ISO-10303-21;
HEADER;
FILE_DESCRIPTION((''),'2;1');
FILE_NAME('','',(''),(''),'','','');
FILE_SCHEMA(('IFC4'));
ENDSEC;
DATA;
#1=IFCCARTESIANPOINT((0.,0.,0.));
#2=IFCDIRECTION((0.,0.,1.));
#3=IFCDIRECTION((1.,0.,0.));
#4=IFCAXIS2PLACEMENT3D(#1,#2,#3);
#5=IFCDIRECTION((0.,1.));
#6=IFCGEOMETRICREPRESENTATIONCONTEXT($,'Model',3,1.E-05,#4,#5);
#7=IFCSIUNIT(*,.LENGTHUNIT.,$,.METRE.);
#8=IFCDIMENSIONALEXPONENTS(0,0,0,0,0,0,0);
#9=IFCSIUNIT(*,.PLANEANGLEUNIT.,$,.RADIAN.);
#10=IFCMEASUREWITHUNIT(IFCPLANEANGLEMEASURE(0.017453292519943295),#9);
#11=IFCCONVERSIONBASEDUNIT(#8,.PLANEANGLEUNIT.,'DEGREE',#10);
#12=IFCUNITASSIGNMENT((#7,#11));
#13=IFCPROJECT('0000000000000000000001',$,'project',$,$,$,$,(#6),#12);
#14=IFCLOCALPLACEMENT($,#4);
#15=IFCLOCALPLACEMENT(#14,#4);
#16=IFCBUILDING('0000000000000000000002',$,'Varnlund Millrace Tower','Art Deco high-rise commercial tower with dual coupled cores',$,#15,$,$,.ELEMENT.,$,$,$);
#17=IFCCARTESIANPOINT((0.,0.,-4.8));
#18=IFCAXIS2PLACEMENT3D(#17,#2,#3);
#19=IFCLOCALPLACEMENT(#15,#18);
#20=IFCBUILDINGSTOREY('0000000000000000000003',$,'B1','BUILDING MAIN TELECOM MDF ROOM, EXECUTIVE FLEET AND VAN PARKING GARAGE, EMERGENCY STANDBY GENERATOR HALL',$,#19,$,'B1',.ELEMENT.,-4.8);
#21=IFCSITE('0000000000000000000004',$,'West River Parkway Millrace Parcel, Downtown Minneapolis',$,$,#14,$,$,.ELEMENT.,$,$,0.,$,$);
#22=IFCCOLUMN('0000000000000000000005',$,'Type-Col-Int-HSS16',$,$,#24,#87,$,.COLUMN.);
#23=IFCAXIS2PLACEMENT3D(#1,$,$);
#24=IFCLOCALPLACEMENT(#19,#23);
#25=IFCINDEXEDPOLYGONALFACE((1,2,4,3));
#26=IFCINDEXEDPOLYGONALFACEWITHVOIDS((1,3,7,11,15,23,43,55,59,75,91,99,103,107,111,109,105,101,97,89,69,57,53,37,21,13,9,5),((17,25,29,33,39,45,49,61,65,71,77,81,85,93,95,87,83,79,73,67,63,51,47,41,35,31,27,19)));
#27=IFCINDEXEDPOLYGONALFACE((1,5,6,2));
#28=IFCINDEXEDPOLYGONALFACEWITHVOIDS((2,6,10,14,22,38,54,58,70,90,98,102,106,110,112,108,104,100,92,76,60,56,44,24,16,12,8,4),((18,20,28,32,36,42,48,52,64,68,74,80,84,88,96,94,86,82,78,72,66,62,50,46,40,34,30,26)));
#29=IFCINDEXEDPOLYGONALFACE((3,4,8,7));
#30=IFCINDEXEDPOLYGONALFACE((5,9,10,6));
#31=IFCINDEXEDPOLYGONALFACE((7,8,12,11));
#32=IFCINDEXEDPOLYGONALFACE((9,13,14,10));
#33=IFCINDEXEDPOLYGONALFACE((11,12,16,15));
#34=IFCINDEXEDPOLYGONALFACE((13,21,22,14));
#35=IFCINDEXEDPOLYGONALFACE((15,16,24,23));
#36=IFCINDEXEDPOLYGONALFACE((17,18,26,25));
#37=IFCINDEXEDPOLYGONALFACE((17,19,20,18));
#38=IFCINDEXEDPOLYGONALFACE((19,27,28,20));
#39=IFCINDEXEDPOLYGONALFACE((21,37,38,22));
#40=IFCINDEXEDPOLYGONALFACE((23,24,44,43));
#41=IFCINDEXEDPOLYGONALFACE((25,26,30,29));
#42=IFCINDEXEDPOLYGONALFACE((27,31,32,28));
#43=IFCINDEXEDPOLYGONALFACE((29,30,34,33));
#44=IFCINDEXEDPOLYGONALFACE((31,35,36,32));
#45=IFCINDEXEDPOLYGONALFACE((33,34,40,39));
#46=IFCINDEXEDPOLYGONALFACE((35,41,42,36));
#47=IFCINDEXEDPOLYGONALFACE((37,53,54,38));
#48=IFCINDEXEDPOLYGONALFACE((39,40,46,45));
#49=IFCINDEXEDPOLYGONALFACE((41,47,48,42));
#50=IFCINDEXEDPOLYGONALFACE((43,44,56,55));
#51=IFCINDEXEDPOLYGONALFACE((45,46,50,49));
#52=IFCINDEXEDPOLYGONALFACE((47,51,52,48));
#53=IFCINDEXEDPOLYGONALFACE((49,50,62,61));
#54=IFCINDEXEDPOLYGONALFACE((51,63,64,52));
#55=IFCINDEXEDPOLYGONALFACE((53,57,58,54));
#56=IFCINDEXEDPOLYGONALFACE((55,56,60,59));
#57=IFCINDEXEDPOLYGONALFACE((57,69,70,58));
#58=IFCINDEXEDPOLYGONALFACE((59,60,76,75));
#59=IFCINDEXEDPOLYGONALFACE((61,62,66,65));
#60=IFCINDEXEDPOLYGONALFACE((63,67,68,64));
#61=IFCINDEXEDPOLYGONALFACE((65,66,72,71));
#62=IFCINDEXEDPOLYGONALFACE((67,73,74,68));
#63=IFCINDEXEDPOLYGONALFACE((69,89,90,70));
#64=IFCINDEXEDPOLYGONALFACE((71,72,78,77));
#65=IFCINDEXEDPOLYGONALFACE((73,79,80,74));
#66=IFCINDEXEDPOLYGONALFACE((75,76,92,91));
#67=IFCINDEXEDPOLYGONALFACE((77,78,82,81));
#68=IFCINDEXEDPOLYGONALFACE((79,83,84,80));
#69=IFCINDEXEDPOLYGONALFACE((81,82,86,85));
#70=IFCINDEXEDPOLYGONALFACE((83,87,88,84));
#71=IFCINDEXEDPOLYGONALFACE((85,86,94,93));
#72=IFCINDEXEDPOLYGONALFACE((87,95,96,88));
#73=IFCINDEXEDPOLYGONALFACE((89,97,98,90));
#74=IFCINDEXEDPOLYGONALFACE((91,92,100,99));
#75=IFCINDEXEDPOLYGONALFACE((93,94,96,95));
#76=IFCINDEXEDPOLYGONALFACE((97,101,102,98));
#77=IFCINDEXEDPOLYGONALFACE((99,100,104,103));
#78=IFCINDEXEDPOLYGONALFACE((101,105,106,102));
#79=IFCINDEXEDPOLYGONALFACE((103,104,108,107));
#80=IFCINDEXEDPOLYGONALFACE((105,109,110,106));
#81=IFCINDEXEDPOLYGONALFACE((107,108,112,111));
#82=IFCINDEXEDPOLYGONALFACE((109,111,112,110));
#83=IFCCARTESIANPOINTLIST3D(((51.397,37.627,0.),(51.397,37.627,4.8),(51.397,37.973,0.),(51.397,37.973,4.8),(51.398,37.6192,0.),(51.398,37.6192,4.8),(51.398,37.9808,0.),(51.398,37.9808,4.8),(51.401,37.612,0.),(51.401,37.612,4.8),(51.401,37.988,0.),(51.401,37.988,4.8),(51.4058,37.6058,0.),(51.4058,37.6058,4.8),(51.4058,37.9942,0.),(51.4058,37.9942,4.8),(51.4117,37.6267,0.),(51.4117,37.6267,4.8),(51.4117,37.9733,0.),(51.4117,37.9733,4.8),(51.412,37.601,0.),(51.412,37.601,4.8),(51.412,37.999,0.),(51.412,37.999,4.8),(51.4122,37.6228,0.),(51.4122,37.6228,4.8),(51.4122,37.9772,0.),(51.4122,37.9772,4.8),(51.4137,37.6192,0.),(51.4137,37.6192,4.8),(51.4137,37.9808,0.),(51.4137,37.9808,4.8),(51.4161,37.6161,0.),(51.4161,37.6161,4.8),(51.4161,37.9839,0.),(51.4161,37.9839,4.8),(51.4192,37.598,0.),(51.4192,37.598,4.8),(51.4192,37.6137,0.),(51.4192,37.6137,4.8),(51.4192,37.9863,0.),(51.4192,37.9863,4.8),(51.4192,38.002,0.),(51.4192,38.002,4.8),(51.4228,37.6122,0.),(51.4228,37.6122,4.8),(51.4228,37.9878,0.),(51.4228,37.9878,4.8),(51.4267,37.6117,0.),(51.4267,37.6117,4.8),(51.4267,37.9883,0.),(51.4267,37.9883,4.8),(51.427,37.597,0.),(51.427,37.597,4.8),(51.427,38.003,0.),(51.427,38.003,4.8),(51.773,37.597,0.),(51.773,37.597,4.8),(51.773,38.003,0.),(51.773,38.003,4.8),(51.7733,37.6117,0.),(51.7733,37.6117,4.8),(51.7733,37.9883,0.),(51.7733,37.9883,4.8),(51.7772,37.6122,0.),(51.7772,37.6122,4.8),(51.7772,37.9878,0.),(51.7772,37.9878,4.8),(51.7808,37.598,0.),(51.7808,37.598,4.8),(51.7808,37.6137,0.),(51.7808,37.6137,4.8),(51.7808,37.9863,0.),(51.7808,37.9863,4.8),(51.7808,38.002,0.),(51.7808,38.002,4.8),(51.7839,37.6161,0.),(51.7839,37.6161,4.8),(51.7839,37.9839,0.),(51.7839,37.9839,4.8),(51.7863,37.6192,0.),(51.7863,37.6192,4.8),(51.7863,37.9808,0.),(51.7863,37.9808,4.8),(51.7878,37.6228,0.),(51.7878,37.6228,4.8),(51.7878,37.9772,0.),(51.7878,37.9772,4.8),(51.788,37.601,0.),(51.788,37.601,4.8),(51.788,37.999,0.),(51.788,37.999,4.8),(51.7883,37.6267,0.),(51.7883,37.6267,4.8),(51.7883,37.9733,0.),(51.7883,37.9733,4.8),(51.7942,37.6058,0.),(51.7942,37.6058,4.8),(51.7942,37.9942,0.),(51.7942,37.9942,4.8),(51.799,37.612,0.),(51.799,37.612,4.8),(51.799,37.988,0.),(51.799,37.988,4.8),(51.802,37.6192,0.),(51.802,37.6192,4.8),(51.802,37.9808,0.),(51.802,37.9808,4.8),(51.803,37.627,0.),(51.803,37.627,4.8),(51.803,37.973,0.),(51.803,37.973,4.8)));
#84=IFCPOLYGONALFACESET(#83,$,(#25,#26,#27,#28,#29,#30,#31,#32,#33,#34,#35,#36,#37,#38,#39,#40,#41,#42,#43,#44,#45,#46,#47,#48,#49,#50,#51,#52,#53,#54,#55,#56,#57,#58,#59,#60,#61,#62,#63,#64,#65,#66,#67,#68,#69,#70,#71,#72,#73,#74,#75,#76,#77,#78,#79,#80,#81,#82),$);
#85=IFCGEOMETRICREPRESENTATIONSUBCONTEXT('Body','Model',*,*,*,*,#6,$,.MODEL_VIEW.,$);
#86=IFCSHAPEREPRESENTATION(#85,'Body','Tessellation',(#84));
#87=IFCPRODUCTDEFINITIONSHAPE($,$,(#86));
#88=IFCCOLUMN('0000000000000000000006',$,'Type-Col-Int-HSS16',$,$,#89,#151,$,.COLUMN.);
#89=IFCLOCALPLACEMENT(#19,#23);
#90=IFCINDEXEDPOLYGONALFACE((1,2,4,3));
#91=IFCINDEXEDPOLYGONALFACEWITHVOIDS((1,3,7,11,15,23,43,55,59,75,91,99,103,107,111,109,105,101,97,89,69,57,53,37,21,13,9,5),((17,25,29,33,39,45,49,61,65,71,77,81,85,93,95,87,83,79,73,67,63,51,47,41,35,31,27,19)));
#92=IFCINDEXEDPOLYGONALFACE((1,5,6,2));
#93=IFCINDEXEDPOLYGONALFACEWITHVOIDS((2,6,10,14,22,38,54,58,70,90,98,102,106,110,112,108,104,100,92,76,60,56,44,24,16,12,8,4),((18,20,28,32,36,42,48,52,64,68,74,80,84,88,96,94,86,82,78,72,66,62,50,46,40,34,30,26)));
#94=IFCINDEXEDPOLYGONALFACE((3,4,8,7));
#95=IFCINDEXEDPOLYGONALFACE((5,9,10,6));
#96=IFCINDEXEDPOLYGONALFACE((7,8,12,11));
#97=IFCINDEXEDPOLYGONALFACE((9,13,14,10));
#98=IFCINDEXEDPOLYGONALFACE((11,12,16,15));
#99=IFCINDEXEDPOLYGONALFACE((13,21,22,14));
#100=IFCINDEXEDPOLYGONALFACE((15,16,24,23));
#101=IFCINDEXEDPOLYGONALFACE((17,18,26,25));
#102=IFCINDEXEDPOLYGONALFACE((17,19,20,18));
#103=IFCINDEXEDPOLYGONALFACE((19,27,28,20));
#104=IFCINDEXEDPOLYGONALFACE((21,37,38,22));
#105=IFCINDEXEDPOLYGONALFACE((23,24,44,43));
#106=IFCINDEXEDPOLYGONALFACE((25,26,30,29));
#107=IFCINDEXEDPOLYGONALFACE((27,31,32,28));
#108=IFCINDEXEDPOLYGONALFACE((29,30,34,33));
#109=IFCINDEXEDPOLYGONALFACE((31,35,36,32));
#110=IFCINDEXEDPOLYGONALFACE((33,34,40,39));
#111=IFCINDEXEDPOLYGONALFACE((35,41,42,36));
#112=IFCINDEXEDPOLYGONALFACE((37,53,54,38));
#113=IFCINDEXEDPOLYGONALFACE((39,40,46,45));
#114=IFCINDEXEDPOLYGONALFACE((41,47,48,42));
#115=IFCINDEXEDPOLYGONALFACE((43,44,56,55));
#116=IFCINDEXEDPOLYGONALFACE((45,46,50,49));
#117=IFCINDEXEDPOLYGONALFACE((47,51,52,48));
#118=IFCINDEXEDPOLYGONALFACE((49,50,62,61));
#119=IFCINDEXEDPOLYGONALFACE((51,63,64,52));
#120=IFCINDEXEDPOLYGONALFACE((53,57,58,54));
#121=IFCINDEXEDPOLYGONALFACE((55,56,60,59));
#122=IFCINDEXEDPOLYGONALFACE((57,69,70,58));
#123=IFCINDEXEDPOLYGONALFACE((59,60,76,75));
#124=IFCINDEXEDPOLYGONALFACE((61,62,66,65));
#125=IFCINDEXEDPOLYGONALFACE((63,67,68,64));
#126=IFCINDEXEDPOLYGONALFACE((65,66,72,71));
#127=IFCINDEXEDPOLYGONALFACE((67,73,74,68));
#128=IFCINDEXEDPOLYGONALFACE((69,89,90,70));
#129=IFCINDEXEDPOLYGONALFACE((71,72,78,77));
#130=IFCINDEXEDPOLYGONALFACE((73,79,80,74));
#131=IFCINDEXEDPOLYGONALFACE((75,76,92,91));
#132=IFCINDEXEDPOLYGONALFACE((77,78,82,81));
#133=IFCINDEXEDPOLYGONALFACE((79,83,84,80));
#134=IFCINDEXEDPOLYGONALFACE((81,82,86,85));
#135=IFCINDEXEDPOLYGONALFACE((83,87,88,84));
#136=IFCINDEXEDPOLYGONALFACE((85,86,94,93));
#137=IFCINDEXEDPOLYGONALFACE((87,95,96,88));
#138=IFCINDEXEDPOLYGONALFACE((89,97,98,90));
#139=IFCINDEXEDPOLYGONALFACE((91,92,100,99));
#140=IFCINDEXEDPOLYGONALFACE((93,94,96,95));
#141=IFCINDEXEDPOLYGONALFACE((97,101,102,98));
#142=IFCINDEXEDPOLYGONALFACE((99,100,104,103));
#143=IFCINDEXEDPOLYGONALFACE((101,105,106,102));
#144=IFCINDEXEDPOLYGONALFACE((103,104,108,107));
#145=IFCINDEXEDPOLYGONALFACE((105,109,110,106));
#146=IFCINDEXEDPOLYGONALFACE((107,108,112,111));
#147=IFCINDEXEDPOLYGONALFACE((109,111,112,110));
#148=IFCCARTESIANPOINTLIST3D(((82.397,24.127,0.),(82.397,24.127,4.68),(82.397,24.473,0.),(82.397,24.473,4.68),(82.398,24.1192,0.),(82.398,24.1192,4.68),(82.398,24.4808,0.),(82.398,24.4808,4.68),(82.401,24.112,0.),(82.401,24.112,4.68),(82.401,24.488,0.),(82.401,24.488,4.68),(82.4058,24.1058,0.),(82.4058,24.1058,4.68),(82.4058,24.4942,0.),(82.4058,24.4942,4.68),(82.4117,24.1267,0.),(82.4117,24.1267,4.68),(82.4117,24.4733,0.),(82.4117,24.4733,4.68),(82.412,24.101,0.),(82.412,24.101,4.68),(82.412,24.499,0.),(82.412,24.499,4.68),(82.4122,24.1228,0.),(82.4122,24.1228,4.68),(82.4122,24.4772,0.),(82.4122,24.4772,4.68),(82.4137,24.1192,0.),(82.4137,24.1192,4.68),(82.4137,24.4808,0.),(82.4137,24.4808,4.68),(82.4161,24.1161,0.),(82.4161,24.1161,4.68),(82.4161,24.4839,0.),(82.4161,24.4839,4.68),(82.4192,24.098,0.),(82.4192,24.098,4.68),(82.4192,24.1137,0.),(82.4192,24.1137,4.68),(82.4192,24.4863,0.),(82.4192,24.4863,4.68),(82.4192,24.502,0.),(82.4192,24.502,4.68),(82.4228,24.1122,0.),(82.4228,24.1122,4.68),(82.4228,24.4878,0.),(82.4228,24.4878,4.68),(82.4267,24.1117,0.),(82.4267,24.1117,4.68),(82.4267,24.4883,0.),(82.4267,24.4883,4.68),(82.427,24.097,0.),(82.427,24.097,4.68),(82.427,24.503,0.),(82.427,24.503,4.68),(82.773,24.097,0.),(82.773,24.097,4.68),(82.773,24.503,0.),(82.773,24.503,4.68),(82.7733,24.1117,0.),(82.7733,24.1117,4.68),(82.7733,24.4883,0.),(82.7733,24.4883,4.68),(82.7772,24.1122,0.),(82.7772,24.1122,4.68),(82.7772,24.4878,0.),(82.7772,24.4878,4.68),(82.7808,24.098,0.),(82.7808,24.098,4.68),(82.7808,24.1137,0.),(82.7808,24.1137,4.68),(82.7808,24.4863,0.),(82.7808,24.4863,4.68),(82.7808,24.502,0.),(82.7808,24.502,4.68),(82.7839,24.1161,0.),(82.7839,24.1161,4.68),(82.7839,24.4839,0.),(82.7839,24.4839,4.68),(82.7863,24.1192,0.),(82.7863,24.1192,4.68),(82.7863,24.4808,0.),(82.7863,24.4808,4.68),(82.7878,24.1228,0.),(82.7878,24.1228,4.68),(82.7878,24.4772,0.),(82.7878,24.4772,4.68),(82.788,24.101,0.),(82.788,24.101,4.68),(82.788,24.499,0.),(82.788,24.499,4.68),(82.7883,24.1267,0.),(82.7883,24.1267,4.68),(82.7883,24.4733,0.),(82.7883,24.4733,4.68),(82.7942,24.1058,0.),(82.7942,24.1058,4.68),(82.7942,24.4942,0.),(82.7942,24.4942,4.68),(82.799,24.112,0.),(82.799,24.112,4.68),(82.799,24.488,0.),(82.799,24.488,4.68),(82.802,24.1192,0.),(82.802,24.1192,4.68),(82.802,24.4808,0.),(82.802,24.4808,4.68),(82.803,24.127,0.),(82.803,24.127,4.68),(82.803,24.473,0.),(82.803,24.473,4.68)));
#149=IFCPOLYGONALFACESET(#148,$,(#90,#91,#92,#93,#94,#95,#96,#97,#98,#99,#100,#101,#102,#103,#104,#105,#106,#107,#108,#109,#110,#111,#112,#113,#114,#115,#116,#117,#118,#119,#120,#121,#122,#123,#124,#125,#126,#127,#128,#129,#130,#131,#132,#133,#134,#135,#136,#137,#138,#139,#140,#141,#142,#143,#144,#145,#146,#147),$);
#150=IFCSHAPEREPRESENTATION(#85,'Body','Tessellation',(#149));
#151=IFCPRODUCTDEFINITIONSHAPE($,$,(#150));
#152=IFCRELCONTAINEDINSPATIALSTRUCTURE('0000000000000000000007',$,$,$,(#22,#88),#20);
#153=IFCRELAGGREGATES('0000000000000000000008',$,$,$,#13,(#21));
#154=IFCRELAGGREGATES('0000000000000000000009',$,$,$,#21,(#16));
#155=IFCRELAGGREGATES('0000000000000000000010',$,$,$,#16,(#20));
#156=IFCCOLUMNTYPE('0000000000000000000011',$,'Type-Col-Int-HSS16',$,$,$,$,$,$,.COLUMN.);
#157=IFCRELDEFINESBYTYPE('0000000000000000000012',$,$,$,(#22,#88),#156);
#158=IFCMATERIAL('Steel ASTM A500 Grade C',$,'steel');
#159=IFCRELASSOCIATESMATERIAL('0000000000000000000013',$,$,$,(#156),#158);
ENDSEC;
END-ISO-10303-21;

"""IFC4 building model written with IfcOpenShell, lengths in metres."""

from ifc_helpers import new_model, entity, si_unit, converted_unit, direction, frame, origin_with_axes, origin_2d_with_axis, place, context, subcontext, project, spatial, hollow_rectangle, extrude, material, material_profile, profile_set, type_object, element, save


model = new_model("IFC4")

# Units and contexts
model_context = context("Model", 3, precision=1e-05, world=origin_with_axes(), true_north=direction((0.0, 1.0)))
body_context = subcontext(model_context, "Body", "Model", "MODEL_VIEW")
ifc_project = project(units=[si_unit("LENGTHUNIT", "METRE"), converted_unit("PLANEANGLEUNIT", "DEGREE", entity("IfcPlaneAngleMeasure", 0.017453292519943295), si_unit("PLANEANGLEUNIT", "RADIAN"), dimensions=[0, 0, 0, 0, 0, 0, 0])], contexts=[model_context])

# Site, building, storey
site_placement = place(None, origin_with_axes())
site = spatial("IfcSite", under=ifc_project, at=site_placement, Name="West River Parkway Millrace Parcel, Downtown Minneapolis", CompositionType="ELEMENT", RefElevation=0.0)
building_placement = place(site_placement, origin_with_axes())
building = spatial("IfcBuilding", under=site, at=building_placement, Name="Varnlund Millrace Tower", Description="Art Deco high-rise commercial tower with dual coupled cores", CompositionType="ELEMENT")
storey_placement = place(building_placement, frame((0.0, 0.0, -4.8), z_axis=(0.0, 0.0, 1.0), x_axis=(1.0, 0.0, 0.0)))
storey = spatial("IfcBuildingStorey", under=building, at=storey_placement, Name="B1", Description="BUILDING MAIN TELECOM MDF ROOM, EXECUTIVE FLEET AND VAN PARKING GARAGE, EMERGENCY STANDBY GENERATOR HALL", LongName="B1", CompositionType="ELEMENT", Elevation=-4.8)

# Columns
ifc_material_1 = material(Name="Steel ASTM A500 Grade C", Category="steel")
ifc_material_profile_1 = material_profile(ifc_material_1, hollow_rectangle(XDim=0.406, YDim=0.406, WallThickness=0.0147, InnerFilletRadius=0.015, OuterFilletRadius=0.03, at=origin_2d_with_axis()), Name="Steel ASTM A500 Grade C")
ifc_profile_set_1 = profile_set([ifc_material_profile_1], Name="Steel ASTM A500 Grade C")
column_type_1 = type_object("IfcColumnType", Name="Type-Col-Int-HSS16", PredefinedType="COLUMN", material=ifc_profile_set_1)
for number, where, z_axis, x_axis, name in (
    (1, (51.6, 37.8, 0.0), (0.0, 0.0, 1.0), (1.0, 0.0, 0.0), "Type-Col-Int-HSS16"),
):
    element("IfcColumn", number, at=place(storey_placement, frame(where, z_axis=z_axis, x_axis=x_axis)), inside=storey, type_object=column_type_1, Name=name, PredefinedType="COLUMN", context=body_context, shape_type="SweptSolid", body=[
        extrude(hollow_rectangle(XDim=0.406, YDim=0.406, WallThickness=0.0147, InnerFilletRadius=0.015, OuterFilletRadius=0.03, at=origin_2d_with_axis()), origin_with_axes(), (0.0, 0.0, 1.0), 4.8),
    ])
for number, where, z_axis, x_axis, name in (
    (2, (82.6, 24.3, 0.0), (0.0, 0.0, 1.0), (1.0, 0.0, 0.0), "Type-Col-Int-HSS16"),
):
    element("IfcColumn", number, at=place(storey_placement, frame(where, z_axis=z_axis, x_axis=x_axis)), inside=storey, type_object=column_type_1, Name=name, PredefinedType="COLUMN", context=body_context, shape_type="SweptSolid", body=[
        extrude(hollow_rectangle(XDim=0.406, YDim=0.406, WallThickness=0.0147, InnerFilletRadius=0.015, OuterFilletRadius=0.03, at=origin_2d_with_axis()), origin_with_axes(), (0.0, 0.0, 1.0), 4.68),
    ])

save(model, "model.ifc")
